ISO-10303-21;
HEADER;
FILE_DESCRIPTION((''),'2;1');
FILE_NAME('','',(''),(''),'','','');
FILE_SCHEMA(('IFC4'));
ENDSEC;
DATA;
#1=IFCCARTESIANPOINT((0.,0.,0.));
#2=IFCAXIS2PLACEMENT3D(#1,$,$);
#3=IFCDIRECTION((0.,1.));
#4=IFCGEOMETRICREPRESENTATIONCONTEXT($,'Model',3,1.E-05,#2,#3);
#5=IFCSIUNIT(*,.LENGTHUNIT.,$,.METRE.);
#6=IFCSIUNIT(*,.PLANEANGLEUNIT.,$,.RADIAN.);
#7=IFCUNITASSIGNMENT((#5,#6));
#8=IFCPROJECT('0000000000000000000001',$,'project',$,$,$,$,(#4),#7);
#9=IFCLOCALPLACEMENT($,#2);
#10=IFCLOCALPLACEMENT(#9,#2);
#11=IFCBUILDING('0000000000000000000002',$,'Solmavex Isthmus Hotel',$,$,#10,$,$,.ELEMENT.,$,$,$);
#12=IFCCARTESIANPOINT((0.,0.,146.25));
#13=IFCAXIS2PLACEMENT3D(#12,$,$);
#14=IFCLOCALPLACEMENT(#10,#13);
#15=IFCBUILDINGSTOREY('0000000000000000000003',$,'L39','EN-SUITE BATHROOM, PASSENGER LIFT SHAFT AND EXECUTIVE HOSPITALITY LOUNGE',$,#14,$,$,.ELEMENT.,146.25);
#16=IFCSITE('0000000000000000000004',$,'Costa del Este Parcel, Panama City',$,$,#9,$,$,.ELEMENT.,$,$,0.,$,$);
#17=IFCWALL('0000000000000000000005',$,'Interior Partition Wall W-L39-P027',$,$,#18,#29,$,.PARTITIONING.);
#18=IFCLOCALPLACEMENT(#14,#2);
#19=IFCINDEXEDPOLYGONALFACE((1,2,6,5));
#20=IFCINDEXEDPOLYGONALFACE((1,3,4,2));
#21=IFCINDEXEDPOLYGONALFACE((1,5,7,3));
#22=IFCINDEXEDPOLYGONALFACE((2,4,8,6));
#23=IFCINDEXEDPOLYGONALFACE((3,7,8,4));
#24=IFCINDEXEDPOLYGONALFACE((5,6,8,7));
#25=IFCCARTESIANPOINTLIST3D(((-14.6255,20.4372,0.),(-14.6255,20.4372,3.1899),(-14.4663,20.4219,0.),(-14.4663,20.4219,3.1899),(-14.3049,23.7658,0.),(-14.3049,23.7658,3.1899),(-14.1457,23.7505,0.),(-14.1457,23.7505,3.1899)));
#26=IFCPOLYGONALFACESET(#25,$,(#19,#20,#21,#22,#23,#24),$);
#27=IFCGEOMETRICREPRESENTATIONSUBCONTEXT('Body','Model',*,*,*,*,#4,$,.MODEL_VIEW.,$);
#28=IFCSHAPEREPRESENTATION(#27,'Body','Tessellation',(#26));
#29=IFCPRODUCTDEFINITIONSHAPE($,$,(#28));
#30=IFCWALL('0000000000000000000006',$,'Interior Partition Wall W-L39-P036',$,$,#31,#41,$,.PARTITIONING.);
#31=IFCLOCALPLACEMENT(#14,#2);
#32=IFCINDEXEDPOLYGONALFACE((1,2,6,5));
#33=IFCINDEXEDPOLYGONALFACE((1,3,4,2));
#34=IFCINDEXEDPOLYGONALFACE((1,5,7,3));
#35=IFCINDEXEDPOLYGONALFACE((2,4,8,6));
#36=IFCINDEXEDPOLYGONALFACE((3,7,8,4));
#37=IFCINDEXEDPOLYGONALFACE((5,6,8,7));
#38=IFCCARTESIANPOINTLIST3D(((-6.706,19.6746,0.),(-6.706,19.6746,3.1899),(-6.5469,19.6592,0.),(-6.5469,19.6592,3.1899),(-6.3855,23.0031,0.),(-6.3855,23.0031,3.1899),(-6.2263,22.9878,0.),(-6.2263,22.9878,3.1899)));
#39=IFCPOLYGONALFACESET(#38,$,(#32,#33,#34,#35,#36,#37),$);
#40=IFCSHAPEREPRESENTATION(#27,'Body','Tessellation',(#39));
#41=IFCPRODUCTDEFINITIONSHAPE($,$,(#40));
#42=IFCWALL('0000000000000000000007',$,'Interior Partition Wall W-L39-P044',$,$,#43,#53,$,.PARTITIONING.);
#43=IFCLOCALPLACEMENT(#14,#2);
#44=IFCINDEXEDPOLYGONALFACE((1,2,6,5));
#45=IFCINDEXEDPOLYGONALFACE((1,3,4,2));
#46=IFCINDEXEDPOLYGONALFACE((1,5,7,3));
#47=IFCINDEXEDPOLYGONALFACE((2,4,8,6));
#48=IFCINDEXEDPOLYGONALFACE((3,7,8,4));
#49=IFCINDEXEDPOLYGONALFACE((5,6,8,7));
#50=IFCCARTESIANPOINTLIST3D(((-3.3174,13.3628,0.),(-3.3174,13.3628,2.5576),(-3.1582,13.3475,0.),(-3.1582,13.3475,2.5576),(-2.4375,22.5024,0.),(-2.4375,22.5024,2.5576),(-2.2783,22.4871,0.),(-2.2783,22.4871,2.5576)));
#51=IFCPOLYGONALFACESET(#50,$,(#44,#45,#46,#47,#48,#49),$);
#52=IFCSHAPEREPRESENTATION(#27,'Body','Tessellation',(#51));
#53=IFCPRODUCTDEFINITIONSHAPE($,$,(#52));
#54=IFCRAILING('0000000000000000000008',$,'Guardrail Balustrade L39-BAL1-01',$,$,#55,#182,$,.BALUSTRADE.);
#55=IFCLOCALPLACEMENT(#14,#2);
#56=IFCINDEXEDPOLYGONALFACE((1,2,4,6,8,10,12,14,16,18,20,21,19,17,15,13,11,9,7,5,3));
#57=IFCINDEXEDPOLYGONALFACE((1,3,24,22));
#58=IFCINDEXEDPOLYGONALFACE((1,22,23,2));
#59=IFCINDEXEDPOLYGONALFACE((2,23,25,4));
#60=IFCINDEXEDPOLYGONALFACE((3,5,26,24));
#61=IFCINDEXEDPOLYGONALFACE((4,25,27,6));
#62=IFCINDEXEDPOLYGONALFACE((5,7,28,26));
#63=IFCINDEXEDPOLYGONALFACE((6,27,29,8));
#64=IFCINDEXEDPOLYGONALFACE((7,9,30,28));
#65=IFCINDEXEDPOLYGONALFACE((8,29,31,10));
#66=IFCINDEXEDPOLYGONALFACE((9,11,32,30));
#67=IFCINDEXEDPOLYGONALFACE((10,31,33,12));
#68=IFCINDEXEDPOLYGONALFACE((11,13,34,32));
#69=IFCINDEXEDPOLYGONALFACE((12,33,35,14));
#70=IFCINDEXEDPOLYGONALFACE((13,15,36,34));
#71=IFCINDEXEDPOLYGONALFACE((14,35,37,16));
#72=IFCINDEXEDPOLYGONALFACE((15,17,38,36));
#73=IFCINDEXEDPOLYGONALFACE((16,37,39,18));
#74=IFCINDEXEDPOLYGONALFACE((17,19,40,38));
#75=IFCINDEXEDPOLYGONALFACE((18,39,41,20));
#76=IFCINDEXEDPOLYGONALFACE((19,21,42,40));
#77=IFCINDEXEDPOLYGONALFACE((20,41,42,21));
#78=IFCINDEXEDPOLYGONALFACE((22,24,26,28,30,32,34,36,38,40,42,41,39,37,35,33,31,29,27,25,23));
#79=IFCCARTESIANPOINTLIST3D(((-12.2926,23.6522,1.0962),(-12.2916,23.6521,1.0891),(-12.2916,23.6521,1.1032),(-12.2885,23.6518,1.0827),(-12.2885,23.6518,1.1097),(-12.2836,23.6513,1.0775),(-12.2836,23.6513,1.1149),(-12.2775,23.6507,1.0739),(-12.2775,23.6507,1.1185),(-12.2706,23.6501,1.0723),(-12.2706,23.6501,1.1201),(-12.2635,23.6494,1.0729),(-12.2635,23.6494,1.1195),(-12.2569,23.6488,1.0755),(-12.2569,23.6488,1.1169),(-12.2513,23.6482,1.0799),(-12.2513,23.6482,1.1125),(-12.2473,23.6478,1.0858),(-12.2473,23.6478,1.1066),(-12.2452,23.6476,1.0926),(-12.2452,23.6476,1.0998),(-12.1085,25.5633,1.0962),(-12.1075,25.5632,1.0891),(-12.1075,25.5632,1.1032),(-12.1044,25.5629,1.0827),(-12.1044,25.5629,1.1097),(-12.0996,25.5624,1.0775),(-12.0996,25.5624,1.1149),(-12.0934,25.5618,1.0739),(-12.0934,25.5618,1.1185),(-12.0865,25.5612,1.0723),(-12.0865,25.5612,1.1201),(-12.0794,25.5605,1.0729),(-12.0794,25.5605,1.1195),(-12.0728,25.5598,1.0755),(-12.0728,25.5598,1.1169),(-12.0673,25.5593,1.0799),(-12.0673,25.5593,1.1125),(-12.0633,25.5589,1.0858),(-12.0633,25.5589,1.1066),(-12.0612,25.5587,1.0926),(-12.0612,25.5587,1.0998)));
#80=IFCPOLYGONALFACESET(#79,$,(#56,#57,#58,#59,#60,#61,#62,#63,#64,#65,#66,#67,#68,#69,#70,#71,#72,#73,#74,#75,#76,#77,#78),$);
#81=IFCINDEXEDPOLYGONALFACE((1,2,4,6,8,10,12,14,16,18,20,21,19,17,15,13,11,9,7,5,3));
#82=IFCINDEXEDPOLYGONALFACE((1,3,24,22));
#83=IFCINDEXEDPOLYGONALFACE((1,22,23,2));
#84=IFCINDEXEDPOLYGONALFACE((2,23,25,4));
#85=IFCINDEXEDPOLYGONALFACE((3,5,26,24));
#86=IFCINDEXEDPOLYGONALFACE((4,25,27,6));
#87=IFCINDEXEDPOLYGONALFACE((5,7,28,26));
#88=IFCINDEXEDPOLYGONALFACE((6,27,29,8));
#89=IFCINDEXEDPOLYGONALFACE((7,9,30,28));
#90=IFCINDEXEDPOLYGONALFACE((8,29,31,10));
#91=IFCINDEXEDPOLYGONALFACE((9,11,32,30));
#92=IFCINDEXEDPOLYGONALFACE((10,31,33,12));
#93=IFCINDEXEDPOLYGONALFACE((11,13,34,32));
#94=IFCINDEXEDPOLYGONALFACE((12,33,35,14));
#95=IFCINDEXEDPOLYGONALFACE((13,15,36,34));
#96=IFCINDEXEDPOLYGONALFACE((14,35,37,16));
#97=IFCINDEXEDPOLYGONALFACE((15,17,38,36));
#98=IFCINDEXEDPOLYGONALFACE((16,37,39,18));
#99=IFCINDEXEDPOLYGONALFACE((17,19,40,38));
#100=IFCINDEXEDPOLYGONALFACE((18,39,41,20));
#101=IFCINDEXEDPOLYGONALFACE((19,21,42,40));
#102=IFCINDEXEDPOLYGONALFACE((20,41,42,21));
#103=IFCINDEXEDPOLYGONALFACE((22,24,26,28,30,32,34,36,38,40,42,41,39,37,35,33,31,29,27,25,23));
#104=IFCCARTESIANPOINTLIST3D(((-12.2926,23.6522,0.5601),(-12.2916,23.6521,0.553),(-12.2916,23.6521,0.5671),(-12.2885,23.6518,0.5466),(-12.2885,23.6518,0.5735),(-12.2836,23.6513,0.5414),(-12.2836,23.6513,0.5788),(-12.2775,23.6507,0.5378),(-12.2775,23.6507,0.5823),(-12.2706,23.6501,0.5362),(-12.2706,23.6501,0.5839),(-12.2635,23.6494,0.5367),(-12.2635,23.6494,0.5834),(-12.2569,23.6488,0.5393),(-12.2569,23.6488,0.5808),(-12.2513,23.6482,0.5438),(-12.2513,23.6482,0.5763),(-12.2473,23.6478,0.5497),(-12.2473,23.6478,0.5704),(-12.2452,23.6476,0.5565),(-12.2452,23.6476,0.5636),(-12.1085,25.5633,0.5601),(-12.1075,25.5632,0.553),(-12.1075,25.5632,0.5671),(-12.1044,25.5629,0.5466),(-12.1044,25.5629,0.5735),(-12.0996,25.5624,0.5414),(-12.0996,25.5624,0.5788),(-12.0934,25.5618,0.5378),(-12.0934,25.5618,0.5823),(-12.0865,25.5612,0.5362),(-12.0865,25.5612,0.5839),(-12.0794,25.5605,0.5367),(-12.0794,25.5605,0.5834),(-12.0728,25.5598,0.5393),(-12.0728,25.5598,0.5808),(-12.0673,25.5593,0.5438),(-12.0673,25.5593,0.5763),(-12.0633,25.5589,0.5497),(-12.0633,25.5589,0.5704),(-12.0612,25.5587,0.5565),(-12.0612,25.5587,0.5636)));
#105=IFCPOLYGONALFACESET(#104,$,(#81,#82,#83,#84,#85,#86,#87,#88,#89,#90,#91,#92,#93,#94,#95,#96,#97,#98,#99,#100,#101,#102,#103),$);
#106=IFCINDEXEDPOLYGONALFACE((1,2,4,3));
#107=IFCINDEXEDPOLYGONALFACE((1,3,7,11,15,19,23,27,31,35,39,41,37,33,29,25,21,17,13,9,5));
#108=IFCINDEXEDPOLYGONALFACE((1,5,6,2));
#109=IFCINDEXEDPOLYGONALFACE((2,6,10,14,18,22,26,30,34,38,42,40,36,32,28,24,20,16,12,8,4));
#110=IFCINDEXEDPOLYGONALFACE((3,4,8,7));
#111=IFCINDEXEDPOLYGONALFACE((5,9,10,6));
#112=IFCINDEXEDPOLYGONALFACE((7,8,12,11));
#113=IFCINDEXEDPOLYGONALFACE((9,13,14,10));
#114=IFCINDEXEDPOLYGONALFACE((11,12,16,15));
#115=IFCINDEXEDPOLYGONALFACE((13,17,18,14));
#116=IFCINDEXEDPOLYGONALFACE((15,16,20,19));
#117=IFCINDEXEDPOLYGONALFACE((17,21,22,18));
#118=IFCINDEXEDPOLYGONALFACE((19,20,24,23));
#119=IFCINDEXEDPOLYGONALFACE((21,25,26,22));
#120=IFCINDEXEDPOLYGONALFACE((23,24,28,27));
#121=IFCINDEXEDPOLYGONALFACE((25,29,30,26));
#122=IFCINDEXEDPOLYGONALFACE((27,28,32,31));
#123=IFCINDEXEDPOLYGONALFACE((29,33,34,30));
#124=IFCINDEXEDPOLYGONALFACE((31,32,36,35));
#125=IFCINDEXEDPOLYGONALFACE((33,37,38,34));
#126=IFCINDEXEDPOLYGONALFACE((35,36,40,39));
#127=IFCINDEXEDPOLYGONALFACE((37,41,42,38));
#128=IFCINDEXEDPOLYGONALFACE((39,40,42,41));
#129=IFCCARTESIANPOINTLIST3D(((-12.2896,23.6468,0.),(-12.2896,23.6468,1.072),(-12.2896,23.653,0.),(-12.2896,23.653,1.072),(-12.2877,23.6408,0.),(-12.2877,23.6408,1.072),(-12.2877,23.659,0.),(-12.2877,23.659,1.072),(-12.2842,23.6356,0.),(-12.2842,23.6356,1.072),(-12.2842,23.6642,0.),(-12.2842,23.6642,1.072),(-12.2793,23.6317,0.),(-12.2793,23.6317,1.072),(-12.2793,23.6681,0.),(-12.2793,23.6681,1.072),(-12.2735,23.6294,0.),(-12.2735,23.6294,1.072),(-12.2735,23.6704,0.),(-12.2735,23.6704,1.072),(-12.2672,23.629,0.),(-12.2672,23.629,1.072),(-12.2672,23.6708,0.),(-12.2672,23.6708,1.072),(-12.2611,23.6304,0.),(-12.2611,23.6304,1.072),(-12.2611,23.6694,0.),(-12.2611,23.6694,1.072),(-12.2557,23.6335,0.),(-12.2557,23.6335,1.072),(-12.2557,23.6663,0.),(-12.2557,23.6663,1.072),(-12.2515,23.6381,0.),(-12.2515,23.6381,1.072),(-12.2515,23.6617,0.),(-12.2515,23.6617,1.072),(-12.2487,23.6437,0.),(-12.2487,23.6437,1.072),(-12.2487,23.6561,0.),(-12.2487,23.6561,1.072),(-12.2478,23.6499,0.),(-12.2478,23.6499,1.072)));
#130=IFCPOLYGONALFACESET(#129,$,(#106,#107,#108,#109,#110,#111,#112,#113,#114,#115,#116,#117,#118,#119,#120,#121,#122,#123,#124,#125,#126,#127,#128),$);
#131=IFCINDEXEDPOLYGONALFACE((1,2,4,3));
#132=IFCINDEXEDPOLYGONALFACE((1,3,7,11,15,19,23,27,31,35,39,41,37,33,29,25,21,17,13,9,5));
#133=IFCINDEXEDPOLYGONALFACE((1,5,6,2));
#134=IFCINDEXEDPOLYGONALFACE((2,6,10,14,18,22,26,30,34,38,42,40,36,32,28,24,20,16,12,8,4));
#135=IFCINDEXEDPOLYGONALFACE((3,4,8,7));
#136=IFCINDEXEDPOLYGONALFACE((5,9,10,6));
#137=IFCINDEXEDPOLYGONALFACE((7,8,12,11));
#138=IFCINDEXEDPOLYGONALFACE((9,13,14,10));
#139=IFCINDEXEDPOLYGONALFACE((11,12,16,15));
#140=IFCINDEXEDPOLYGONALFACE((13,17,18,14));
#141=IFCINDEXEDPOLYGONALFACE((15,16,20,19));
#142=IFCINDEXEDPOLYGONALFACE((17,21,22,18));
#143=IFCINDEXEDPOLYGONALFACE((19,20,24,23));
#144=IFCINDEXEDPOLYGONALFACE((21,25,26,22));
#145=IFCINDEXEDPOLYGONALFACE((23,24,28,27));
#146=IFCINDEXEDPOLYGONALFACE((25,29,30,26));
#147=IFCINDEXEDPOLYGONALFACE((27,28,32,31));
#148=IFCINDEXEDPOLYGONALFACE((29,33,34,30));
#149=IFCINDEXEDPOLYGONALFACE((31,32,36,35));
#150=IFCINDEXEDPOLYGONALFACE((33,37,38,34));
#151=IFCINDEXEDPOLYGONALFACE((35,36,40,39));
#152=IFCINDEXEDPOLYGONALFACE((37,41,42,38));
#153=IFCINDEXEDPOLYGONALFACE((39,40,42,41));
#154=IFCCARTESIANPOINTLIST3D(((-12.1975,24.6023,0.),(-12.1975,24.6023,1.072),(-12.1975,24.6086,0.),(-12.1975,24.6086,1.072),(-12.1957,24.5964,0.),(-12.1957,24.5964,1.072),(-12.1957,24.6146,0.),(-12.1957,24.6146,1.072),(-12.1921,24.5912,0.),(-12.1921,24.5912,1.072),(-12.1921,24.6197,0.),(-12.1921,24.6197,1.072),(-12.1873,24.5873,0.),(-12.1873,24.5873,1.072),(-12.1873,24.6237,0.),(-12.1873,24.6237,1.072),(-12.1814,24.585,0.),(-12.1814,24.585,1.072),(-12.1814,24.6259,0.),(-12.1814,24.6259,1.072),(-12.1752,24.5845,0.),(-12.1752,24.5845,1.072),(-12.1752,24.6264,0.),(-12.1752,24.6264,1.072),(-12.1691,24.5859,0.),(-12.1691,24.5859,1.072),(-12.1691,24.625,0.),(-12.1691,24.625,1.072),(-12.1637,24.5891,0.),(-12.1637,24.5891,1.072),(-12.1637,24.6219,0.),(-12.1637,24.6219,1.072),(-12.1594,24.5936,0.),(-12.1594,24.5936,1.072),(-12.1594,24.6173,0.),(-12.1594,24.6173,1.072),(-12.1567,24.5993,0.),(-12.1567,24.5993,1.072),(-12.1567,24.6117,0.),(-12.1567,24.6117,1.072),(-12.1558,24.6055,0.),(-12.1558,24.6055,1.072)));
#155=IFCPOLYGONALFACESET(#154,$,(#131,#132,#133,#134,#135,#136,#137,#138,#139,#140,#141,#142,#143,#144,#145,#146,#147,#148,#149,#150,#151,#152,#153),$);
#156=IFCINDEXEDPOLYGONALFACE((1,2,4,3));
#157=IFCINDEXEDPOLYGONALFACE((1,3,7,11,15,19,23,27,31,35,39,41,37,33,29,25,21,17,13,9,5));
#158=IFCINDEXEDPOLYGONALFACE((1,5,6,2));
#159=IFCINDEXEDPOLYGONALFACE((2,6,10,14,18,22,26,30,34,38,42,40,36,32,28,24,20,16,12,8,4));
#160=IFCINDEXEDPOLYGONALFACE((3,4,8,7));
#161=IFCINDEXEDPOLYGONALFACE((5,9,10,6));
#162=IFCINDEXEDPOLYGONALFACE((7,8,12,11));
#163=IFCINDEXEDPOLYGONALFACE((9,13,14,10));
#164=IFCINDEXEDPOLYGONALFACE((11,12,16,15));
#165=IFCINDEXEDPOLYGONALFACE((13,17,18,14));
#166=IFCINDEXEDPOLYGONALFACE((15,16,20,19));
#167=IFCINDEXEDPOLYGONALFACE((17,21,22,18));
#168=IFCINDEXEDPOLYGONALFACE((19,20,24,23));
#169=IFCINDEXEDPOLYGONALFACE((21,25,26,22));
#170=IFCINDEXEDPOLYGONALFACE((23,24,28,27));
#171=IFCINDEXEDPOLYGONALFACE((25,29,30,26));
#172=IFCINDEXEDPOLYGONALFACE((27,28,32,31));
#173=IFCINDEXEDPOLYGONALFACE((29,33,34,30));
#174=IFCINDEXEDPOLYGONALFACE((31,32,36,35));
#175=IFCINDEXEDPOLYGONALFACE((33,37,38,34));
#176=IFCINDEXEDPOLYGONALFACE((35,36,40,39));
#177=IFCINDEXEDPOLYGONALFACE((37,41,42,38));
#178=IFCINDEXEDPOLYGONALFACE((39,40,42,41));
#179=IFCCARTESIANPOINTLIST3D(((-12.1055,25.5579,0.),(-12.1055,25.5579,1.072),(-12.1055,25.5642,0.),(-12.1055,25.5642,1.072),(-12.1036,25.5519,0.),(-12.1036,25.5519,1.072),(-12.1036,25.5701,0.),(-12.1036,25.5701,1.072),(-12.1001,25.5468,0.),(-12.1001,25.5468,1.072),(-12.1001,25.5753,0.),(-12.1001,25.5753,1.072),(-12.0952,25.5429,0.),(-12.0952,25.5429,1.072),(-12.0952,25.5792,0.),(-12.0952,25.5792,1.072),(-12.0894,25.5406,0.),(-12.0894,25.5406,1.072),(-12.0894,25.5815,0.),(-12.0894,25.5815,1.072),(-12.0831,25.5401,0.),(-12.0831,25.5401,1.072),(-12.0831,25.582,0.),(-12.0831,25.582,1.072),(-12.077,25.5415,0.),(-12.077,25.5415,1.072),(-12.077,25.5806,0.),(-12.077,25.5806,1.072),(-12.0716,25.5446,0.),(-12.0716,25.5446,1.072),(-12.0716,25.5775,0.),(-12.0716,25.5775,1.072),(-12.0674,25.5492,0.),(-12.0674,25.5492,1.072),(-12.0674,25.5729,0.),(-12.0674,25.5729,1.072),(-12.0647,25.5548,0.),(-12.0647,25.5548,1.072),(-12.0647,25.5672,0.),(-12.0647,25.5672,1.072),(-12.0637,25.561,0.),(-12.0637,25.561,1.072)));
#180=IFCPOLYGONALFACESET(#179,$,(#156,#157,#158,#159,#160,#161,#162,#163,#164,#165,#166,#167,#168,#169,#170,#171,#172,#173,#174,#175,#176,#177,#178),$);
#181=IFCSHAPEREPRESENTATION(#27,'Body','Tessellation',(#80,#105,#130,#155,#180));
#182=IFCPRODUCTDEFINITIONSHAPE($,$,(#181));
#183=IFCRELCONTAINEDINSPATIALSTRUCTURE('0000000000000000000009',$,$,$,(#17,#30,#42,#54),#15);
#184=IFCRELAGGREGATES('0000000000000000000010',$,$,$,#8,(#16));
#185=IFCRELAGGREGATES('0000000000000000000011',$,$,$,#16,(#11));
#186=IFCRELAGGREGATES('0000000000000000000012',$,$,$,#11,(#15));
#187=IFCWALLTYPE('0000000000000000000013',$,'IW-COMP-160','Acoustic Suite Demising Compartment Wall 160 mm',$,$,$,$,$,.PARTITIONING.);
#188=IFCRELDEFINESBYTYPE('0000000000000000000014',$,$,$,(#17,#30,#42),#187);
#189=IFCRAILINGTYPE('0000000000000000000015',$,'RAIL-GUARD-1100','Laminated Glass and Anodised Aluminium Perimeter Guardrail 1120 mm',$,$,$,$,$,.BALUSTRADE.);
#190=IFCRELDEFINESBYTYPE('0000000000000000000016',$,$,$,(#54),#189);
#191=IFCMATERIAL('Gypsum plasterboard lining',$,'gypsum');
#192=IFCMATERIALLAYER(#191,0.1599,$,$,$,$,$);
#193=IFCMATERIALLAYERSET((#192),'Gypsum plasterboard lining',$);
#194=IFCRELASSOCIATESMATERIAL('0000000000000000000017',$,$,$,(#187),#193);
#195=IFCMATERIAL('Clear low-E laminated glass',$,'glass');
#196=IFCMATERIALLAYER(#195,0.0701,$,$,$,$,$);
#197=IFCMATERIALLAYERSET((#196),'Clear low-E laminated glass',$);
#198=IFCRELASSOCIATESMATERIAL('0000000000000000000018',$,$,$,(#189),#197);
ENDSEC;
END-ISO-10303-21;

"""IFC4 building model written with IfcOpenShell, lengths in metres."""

from ifc_helpers import new_model, si_unit, direction, frame, frame_2d, origin, origin_2d, place, context, subcontext, project, spatial, rectangle, circle, extrude, material, layer, layer_set, type_object, element, save


model = new_model("IFC4")

# Units and contexts
model_context = context("Model", 3, precision=1e-05, world=origin(), true_north=direction((0.0, 1.0)))
body_context = subcontext(model_context, "Body", "Model", "MODEL_VIEW")
ifc_project = project(units=[si_unit("LENGTHUNIT", "METRE"), si_unit("PLANEANGLEUNIT", "RADIAN")], contexts=[model_context])

# Site, building, storey
site_placement = place(None, origin())
site = spatial("IfcSite", under=ifc_project, at=site_placement, Name="Costa del Este Parcel, Panama City", CompositionType="ELEMENT", RefElevation=0.0)
building_placement = place(site_placement, origin())
building = spatial("IfcBuilding", under=site, at=building_placement, Name="Solmavex Isthmus Hotel", CompositionType="ELEMENT")
storey_placement = place(building_placement, frame((0.0, 0.0, 146.25)))
storey = spatial("IfcBuildingStorey", under=building, at=storey_placement, Name="L39", Description="EN-SUITE BATHROOM, PASSENGER LIFT SHAFT AND EXECUTIVE HOSPITALITY LOUNGE", CompositionType="ELEMENT", Elevation=146.25)

# Shared definitions
ifc_material_1 = material(Name="Clear low-E laminated glass", Category="glass")

# Walls
ifc_material_2 = material(Name="Gypsum plasterboard lining", Category="gypsum")
ifc_layer_1 = layer(ifc_material_2, 0.1599)
ifc_layer_set_1 = layer_set([ifc_layer_1], Name="Gypsum plasterboard lining")
wall_type_1 = type_object("IfcWallType", Name="IW-COMP-160", Description="Acoustic Suite Demising Compartment Wall 160 mm", PredefinedType="PARTITIONING", material=ifc_layer_set_1)
for number, where, z_axis, x_axis, name in (
    (1, (-14.2253, 23.7581, 0.0), (0.0, 0.0, 1.0), (-0.09586, -0.995395, 0.0), "Interior Partition Wall W-L39-P027"),
    (2, (-6.3059, 22.9954, 0.0), (0.0, 0.0, 1.0), (-0.09586, -0.995395, 0.0), "Interior Partition Wall W-L39-P036"),
):
    element("IfcWall", number, at=place(storey_placement, frame(where, z_axis=z_axis, x_axis=x_axis)), inside=storey, type_object=wall_type_1, Name=name, PredefinedType="PARTITIONING", context=body_context, shape_type="SweptSolid", body=[
        extrude(rectangle(XDim=3.344, YDim=0.1599, at=frame_2d((1.6719, 0.0))), origin(), (0.0, 0.0, 1.0), 3.1899),
    ])
wall_1_placement = place(storey_placement, frame((-2.3579, 22.4946, 0.0), z_axis=(0.0, 0.0, 1.0), x_axis=(-0.095828, -0.995398, 0.0)))
element("IfcWall", 3, at=wall_1_placement, inside=storey, type_object=wall_type_1, Name="Interior Partition Wall W-L39-P044", PredefinedType="PARTITIONING", context=body_context, shape_type="SweptSolid", body=[
    extrude(rectangle(XDim=9.1819, YDim=0.1599, at=frame_2d((4.5908, 0.0))), origin(), (0.0, 0.0, 1.0), 2.5576),
])

# Railing
ifc_layer_2 = layer(ifc_material_1, 0.0701)
ifc_layer_set_2 = layer_set([ifc_layer_2], Name="Clear low-E laminated glass")
railing_type = type_object("IfcRailingType", Name="RAIL-GUARD-1100", Description="Laminated Glass and Anodised Aluminium Perimeter Guardrail 1120 mm", PredefinedType="BALUSTRADE", material=ifc_layer_set_2)
railing_1_placement = place(storey_placement, frame((-12.2688, 23.6499, 0.0)))
element("IfcRailing", 4, at=railing_1_placement, inside=storey, type_object=railing_type, Name="Guardrail Balustrade L39-BAL1-01", PredefinedType="BALUSTRADE", context=body_context, shape_type="SweptSolid", body=[
    extrude(circle(Radius=0.0239, at=origin_2d()), frame((0.0, 0.0, 1.0962), z_axis=(0.095877, 0.995393, 0.0), x_axis=(-0.995393, 0.095877, 0.0)), (0.0, 0.0, 1.0), 1.9199),
    extrude(circle(Radius=0.0239, at=origin_2d()), frame((0.0, 0.0, 0.5601), z_axis=(0.095877, 0.995393, 0.0), x_axis=(-0.995393, 0.095877, 0.0)), (0.0, 0.0, 1.0), 1.9199),
    extrude(circle(Radius=0.021, at=origin_2d()), origin(), (0.0, 0.0, 1.0), 1.072),
    extrude(circle(Radius=0.021, at=origin_2d()), frame((0.092, 0.9556, 0.0)), (0.0, 0.0, 1.0), 1.072),
    extrude(circle(Radius=0.021, at=origin_2d()), frame((0.1841, 1.9111, 0.0)), (0.0, 0.0, 1.0), 1.072),
])

save(model, "model.ifc")
